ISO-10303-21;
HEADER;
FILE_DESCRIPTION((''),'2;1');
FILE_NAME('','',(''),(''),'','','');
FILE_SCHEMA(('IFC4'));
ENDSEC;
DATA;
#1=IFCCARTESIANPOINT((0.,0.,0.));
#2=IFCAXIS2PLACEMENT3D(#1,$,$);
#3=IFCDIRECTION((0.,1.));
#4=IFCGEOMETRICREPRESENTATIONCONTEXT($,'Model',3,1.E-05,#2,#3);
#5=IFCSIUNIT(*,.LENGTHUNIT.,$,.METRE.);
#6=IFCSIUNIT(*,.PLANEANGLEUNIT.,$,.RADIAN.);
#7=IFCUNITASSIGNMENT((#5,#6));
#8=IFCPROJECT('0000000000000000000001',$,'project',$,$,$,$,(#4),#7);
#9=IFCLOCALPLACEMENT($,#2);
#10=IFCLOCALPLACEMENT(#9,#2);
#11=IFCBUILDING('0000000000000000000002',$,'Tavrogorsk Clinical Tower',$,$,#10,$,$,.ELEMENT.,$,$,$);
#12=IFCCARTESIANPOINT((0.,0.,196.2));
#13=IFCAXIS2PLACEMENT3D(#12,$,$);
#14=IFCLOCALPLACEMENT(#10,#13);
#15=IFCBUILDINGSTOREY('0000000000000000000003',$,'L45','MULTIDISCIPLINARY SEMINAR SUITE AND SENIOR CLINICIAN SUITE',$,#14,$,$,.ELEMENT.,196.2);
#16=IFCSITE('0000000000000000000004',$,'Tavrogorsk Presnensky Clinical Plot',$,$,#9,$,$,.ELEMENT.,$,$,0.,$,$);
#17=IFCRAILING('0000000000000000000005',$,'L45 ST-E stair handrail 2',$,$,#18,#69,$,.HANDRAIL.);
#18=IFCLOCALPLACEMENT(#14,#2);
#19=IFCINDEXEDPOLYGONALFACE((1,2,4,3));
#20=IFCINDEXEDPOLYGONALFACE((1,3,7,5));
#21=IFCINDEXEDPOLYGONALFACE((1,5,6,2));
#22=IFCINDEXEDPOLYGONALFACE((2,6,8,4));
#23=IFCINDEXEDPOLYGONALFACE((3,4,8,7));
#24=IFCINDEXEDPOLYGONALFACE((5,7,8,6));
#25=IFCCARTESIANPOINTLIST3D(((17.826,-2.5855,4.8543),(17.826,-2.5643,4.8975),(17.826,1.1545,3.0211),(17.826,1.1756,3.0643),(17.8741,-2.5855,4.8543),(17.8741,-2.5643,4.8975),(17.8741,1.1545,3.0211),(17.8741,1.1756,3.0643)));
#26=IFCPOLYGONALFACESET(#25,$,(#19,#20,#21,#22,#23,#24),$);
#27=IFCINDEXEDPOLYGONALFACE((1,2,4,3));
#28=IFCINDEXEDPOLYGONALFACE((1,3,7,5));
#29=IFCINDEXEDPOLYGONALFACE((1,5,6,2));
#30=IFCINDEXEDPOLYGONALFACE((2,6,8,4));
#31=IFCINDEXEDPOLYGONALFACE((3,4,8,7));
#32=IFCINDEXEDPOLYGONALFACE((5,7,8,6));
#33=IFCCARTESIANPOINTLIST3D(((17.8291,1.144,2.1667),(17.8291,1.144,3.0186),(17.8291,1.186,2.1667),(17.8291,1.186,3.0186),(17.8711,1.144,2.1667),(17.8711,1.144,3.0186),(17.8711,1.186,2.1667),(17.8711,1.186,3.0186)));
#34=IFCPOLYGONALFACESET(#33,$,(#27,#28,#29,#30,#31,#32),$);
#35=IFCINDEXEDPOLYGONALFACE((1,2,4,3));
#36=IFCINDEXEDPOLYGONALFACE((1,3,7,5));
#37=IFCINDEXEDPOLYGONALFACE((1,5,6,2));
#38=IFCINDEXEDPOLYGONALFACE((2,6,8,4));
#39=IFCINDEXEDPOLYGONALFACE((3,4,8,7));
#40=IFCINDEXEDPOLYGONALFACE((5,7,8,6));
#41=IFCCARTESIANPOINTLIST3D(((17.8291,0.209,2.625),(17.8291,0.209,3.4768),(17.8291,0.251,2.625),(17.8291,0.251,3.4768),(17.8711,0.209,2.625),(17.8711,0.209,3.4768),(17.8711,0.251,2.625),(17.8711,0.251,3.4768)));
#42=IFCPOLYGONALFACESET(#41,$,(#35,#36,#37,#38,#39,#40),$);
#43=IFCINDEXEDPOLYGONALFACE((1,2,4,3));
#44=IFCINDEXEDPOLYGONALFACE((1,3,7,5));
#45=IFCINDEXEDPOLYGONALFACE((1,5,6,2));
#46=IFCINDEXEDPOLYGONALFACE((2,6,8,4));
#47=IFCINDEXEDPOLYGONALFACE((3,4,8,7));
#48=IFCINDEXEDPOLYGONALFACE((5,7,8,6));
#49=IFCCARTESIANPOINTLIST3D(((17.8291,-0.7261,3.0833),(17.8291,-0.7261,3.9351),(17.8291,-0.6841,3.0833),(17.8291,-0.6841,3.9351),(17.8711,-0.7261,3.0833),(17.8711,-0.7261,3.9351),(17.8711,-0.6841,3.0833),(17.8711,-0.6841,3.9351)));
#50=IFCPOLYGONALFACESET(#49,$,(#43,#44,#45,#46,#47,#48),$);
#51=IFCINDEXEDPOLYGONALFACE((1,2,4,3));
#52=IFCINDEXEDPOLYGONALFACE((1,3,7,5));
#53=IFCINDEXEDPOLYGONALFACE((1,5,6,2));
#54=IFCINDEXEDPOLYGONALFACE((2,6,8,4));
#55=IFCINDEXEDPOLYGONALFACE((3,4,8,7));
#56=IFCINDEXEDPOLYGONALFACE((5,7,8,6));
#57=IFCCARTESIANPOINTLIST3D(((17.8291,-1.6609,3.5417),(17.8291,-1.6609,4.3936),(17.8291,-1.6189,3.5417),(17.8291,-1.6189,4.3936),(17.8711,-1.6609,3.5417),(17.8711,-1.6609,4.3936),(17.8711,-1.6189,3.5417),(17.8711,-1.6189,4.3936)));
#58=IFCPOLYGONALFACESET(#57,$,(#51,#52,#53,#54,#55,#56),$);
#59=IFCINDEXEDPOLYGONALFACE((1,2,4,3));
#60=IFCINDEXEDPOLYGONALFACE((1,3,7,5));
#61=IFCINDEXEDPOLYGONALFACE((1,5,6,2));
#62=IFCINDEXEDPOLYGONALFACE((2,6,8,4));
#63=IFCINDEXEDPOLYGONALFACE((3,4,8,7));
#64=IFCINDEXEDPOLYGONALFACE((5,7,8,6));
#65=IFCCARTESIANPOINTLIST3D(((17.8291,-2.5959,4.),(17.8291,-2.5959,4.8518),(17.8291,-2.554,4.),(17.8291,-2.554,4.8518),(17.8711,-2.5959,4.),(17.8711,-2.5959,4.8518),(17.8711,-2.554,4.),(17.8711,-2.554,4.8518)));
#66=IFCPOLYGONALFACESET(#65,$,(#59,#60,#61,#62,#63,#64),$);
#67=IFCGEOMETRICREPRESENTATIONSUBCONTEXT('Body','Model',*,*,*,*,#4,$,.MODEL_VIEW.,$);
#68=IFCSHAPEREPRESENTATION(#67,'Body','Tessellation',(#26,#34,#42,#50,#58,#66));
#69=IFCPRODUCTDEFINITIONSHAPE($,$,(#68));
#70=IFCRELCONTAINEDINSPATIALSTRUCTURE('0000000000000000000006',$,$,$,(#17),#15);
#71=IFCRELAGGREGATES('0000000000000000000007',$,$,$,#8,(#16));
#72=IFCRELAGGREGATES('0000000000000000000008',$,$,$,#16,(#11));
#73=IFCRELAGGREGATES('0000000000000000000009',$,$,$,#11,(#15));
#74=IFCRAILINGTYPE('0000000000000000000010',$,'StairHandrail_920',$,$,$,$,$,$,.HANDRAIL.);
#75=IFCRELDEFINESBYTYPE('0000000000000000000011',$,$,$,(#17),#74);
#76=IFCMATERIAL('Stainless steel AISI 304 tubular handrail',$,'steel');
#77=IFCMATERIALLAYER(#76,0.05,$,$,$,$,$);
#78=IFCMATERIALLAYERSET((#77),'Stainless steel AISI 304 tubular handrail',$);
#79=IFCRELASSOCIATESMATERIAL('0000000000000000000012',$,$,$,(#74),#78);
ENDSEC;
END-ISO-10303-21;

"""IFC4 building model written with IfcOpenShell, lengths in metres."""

from ifc_helpers import new_model, si_unit, direction, frame, origin, origin_2d, place, context, subcontext, project, spatial, rectangle, extrude, material, layer, layer_set, type_object, element, save


model = new_model("IFC4")

# Units and contexts
model_context = context("Model", 3, precision=1e-05, world=origin(), true_north=direction((0.0, 1.0)))
body_context = subcontext(model_context, "Body", "Model", "MODEL_VIEW")
ifc_project = project(units=[si_unit("LENGTHUNIT", "METRE"), si_unit("PLANEANGLEUNIT", "RADIAN")], contexts=[model_context])

# Site, building, storey
site_placement = place(None, origin())
site = spatial("IfcSite", under=ifc_project, at=site_placement, Name="Tavrogorsk Presnensky Clinical Plot", CompositionType="ELEMENT", RefElevation=0.0)
building_placement = place(site_placement, origin())
building = spatial("IfcBuilding", under=site, at=building_placement, Name="Tavrogorsk Clinical Tower", CompositionType="ELEMENT")
storey_placement = place(building_placement, frame((0.0, 0.0, 196.2)))
storey = spatial("IfcBuildingStorey", under=building, at=storey_placement, Name="L45", Description="MULTIDISCIPLINARY SEMINAR SUITE AND SENIOR CLINICIAN SUITE", CompositionType="ELEMENT", Elevation=196.2)

# Railing
ifc_material_1 = material(Name="Stainless steel AISI 304 tubular handrail", Category="steel")
ifc_layer_1 = layer(ifc_material_1, 0.05)
ifc_layer_set_1 = layer_set([ifc_layer_1], Name="Stainless steel AISI 304 tubular handrail")
railing_type = type_object("IfcRailingType", Name="StairHandrail_920", PredefinedType="HANDRAIL", material=ifc_layer_set_1)
railing_placement = place(storey_placement, frame((17.8501, 1.165, 2.1667)))
element("IfcRailing", 1, at=railing_placement, inside=storey, type_object=railing_type, Name="L45 ST-E stair handrail 2", PredefinedType="HANDRAIL", context=body_context, shape_type="SweptSolid", body=[
    extrude(rectangle(XDim=0.0481, YDim=0.0481, at=origin_2d()), frame((0.0, 0.0, 0.876), z_axis=(0.0, -0.897928, 0.440142), x_axis=(1.0, 0.0, 0.0)), (0.0, 0.0, 1.0), 4.165),
    extrude(rectangle(XDim=0.042, YDim=0.042, at=origin_2d()), origin(), (0.0, 0.0, 1.0), 0.8518),
    extrude(rectangle(XDim=0.042, YDim=0.042, at=origin_2d()), frame((0.0, -0.9351, 0.4583)), (0.0, 0.0, 1.0), 0.8518),
    extrude(rectangle(XDim=0.042, YDim=0.042, at=origin_2d()), frame((0.0, -1.8701, 0.9165)), (0.0, 0.0, 1.0), 0.8518),
    extrude(rectangle(XDim=0.042, YDim=0.042, at=origin_2d()), frame((0.0, -2.8049, 1.375)), (0.0, 0.0, 1.0), 0.8518),
    extrude(rectangle(XDim=0.042, YDim=0.042, at=origin_2d()), frame((0.0, -3.74, 1.8333)), (0.0, 0.0, 1.0), 0.8518),
])

save(model, "model.ifc")
